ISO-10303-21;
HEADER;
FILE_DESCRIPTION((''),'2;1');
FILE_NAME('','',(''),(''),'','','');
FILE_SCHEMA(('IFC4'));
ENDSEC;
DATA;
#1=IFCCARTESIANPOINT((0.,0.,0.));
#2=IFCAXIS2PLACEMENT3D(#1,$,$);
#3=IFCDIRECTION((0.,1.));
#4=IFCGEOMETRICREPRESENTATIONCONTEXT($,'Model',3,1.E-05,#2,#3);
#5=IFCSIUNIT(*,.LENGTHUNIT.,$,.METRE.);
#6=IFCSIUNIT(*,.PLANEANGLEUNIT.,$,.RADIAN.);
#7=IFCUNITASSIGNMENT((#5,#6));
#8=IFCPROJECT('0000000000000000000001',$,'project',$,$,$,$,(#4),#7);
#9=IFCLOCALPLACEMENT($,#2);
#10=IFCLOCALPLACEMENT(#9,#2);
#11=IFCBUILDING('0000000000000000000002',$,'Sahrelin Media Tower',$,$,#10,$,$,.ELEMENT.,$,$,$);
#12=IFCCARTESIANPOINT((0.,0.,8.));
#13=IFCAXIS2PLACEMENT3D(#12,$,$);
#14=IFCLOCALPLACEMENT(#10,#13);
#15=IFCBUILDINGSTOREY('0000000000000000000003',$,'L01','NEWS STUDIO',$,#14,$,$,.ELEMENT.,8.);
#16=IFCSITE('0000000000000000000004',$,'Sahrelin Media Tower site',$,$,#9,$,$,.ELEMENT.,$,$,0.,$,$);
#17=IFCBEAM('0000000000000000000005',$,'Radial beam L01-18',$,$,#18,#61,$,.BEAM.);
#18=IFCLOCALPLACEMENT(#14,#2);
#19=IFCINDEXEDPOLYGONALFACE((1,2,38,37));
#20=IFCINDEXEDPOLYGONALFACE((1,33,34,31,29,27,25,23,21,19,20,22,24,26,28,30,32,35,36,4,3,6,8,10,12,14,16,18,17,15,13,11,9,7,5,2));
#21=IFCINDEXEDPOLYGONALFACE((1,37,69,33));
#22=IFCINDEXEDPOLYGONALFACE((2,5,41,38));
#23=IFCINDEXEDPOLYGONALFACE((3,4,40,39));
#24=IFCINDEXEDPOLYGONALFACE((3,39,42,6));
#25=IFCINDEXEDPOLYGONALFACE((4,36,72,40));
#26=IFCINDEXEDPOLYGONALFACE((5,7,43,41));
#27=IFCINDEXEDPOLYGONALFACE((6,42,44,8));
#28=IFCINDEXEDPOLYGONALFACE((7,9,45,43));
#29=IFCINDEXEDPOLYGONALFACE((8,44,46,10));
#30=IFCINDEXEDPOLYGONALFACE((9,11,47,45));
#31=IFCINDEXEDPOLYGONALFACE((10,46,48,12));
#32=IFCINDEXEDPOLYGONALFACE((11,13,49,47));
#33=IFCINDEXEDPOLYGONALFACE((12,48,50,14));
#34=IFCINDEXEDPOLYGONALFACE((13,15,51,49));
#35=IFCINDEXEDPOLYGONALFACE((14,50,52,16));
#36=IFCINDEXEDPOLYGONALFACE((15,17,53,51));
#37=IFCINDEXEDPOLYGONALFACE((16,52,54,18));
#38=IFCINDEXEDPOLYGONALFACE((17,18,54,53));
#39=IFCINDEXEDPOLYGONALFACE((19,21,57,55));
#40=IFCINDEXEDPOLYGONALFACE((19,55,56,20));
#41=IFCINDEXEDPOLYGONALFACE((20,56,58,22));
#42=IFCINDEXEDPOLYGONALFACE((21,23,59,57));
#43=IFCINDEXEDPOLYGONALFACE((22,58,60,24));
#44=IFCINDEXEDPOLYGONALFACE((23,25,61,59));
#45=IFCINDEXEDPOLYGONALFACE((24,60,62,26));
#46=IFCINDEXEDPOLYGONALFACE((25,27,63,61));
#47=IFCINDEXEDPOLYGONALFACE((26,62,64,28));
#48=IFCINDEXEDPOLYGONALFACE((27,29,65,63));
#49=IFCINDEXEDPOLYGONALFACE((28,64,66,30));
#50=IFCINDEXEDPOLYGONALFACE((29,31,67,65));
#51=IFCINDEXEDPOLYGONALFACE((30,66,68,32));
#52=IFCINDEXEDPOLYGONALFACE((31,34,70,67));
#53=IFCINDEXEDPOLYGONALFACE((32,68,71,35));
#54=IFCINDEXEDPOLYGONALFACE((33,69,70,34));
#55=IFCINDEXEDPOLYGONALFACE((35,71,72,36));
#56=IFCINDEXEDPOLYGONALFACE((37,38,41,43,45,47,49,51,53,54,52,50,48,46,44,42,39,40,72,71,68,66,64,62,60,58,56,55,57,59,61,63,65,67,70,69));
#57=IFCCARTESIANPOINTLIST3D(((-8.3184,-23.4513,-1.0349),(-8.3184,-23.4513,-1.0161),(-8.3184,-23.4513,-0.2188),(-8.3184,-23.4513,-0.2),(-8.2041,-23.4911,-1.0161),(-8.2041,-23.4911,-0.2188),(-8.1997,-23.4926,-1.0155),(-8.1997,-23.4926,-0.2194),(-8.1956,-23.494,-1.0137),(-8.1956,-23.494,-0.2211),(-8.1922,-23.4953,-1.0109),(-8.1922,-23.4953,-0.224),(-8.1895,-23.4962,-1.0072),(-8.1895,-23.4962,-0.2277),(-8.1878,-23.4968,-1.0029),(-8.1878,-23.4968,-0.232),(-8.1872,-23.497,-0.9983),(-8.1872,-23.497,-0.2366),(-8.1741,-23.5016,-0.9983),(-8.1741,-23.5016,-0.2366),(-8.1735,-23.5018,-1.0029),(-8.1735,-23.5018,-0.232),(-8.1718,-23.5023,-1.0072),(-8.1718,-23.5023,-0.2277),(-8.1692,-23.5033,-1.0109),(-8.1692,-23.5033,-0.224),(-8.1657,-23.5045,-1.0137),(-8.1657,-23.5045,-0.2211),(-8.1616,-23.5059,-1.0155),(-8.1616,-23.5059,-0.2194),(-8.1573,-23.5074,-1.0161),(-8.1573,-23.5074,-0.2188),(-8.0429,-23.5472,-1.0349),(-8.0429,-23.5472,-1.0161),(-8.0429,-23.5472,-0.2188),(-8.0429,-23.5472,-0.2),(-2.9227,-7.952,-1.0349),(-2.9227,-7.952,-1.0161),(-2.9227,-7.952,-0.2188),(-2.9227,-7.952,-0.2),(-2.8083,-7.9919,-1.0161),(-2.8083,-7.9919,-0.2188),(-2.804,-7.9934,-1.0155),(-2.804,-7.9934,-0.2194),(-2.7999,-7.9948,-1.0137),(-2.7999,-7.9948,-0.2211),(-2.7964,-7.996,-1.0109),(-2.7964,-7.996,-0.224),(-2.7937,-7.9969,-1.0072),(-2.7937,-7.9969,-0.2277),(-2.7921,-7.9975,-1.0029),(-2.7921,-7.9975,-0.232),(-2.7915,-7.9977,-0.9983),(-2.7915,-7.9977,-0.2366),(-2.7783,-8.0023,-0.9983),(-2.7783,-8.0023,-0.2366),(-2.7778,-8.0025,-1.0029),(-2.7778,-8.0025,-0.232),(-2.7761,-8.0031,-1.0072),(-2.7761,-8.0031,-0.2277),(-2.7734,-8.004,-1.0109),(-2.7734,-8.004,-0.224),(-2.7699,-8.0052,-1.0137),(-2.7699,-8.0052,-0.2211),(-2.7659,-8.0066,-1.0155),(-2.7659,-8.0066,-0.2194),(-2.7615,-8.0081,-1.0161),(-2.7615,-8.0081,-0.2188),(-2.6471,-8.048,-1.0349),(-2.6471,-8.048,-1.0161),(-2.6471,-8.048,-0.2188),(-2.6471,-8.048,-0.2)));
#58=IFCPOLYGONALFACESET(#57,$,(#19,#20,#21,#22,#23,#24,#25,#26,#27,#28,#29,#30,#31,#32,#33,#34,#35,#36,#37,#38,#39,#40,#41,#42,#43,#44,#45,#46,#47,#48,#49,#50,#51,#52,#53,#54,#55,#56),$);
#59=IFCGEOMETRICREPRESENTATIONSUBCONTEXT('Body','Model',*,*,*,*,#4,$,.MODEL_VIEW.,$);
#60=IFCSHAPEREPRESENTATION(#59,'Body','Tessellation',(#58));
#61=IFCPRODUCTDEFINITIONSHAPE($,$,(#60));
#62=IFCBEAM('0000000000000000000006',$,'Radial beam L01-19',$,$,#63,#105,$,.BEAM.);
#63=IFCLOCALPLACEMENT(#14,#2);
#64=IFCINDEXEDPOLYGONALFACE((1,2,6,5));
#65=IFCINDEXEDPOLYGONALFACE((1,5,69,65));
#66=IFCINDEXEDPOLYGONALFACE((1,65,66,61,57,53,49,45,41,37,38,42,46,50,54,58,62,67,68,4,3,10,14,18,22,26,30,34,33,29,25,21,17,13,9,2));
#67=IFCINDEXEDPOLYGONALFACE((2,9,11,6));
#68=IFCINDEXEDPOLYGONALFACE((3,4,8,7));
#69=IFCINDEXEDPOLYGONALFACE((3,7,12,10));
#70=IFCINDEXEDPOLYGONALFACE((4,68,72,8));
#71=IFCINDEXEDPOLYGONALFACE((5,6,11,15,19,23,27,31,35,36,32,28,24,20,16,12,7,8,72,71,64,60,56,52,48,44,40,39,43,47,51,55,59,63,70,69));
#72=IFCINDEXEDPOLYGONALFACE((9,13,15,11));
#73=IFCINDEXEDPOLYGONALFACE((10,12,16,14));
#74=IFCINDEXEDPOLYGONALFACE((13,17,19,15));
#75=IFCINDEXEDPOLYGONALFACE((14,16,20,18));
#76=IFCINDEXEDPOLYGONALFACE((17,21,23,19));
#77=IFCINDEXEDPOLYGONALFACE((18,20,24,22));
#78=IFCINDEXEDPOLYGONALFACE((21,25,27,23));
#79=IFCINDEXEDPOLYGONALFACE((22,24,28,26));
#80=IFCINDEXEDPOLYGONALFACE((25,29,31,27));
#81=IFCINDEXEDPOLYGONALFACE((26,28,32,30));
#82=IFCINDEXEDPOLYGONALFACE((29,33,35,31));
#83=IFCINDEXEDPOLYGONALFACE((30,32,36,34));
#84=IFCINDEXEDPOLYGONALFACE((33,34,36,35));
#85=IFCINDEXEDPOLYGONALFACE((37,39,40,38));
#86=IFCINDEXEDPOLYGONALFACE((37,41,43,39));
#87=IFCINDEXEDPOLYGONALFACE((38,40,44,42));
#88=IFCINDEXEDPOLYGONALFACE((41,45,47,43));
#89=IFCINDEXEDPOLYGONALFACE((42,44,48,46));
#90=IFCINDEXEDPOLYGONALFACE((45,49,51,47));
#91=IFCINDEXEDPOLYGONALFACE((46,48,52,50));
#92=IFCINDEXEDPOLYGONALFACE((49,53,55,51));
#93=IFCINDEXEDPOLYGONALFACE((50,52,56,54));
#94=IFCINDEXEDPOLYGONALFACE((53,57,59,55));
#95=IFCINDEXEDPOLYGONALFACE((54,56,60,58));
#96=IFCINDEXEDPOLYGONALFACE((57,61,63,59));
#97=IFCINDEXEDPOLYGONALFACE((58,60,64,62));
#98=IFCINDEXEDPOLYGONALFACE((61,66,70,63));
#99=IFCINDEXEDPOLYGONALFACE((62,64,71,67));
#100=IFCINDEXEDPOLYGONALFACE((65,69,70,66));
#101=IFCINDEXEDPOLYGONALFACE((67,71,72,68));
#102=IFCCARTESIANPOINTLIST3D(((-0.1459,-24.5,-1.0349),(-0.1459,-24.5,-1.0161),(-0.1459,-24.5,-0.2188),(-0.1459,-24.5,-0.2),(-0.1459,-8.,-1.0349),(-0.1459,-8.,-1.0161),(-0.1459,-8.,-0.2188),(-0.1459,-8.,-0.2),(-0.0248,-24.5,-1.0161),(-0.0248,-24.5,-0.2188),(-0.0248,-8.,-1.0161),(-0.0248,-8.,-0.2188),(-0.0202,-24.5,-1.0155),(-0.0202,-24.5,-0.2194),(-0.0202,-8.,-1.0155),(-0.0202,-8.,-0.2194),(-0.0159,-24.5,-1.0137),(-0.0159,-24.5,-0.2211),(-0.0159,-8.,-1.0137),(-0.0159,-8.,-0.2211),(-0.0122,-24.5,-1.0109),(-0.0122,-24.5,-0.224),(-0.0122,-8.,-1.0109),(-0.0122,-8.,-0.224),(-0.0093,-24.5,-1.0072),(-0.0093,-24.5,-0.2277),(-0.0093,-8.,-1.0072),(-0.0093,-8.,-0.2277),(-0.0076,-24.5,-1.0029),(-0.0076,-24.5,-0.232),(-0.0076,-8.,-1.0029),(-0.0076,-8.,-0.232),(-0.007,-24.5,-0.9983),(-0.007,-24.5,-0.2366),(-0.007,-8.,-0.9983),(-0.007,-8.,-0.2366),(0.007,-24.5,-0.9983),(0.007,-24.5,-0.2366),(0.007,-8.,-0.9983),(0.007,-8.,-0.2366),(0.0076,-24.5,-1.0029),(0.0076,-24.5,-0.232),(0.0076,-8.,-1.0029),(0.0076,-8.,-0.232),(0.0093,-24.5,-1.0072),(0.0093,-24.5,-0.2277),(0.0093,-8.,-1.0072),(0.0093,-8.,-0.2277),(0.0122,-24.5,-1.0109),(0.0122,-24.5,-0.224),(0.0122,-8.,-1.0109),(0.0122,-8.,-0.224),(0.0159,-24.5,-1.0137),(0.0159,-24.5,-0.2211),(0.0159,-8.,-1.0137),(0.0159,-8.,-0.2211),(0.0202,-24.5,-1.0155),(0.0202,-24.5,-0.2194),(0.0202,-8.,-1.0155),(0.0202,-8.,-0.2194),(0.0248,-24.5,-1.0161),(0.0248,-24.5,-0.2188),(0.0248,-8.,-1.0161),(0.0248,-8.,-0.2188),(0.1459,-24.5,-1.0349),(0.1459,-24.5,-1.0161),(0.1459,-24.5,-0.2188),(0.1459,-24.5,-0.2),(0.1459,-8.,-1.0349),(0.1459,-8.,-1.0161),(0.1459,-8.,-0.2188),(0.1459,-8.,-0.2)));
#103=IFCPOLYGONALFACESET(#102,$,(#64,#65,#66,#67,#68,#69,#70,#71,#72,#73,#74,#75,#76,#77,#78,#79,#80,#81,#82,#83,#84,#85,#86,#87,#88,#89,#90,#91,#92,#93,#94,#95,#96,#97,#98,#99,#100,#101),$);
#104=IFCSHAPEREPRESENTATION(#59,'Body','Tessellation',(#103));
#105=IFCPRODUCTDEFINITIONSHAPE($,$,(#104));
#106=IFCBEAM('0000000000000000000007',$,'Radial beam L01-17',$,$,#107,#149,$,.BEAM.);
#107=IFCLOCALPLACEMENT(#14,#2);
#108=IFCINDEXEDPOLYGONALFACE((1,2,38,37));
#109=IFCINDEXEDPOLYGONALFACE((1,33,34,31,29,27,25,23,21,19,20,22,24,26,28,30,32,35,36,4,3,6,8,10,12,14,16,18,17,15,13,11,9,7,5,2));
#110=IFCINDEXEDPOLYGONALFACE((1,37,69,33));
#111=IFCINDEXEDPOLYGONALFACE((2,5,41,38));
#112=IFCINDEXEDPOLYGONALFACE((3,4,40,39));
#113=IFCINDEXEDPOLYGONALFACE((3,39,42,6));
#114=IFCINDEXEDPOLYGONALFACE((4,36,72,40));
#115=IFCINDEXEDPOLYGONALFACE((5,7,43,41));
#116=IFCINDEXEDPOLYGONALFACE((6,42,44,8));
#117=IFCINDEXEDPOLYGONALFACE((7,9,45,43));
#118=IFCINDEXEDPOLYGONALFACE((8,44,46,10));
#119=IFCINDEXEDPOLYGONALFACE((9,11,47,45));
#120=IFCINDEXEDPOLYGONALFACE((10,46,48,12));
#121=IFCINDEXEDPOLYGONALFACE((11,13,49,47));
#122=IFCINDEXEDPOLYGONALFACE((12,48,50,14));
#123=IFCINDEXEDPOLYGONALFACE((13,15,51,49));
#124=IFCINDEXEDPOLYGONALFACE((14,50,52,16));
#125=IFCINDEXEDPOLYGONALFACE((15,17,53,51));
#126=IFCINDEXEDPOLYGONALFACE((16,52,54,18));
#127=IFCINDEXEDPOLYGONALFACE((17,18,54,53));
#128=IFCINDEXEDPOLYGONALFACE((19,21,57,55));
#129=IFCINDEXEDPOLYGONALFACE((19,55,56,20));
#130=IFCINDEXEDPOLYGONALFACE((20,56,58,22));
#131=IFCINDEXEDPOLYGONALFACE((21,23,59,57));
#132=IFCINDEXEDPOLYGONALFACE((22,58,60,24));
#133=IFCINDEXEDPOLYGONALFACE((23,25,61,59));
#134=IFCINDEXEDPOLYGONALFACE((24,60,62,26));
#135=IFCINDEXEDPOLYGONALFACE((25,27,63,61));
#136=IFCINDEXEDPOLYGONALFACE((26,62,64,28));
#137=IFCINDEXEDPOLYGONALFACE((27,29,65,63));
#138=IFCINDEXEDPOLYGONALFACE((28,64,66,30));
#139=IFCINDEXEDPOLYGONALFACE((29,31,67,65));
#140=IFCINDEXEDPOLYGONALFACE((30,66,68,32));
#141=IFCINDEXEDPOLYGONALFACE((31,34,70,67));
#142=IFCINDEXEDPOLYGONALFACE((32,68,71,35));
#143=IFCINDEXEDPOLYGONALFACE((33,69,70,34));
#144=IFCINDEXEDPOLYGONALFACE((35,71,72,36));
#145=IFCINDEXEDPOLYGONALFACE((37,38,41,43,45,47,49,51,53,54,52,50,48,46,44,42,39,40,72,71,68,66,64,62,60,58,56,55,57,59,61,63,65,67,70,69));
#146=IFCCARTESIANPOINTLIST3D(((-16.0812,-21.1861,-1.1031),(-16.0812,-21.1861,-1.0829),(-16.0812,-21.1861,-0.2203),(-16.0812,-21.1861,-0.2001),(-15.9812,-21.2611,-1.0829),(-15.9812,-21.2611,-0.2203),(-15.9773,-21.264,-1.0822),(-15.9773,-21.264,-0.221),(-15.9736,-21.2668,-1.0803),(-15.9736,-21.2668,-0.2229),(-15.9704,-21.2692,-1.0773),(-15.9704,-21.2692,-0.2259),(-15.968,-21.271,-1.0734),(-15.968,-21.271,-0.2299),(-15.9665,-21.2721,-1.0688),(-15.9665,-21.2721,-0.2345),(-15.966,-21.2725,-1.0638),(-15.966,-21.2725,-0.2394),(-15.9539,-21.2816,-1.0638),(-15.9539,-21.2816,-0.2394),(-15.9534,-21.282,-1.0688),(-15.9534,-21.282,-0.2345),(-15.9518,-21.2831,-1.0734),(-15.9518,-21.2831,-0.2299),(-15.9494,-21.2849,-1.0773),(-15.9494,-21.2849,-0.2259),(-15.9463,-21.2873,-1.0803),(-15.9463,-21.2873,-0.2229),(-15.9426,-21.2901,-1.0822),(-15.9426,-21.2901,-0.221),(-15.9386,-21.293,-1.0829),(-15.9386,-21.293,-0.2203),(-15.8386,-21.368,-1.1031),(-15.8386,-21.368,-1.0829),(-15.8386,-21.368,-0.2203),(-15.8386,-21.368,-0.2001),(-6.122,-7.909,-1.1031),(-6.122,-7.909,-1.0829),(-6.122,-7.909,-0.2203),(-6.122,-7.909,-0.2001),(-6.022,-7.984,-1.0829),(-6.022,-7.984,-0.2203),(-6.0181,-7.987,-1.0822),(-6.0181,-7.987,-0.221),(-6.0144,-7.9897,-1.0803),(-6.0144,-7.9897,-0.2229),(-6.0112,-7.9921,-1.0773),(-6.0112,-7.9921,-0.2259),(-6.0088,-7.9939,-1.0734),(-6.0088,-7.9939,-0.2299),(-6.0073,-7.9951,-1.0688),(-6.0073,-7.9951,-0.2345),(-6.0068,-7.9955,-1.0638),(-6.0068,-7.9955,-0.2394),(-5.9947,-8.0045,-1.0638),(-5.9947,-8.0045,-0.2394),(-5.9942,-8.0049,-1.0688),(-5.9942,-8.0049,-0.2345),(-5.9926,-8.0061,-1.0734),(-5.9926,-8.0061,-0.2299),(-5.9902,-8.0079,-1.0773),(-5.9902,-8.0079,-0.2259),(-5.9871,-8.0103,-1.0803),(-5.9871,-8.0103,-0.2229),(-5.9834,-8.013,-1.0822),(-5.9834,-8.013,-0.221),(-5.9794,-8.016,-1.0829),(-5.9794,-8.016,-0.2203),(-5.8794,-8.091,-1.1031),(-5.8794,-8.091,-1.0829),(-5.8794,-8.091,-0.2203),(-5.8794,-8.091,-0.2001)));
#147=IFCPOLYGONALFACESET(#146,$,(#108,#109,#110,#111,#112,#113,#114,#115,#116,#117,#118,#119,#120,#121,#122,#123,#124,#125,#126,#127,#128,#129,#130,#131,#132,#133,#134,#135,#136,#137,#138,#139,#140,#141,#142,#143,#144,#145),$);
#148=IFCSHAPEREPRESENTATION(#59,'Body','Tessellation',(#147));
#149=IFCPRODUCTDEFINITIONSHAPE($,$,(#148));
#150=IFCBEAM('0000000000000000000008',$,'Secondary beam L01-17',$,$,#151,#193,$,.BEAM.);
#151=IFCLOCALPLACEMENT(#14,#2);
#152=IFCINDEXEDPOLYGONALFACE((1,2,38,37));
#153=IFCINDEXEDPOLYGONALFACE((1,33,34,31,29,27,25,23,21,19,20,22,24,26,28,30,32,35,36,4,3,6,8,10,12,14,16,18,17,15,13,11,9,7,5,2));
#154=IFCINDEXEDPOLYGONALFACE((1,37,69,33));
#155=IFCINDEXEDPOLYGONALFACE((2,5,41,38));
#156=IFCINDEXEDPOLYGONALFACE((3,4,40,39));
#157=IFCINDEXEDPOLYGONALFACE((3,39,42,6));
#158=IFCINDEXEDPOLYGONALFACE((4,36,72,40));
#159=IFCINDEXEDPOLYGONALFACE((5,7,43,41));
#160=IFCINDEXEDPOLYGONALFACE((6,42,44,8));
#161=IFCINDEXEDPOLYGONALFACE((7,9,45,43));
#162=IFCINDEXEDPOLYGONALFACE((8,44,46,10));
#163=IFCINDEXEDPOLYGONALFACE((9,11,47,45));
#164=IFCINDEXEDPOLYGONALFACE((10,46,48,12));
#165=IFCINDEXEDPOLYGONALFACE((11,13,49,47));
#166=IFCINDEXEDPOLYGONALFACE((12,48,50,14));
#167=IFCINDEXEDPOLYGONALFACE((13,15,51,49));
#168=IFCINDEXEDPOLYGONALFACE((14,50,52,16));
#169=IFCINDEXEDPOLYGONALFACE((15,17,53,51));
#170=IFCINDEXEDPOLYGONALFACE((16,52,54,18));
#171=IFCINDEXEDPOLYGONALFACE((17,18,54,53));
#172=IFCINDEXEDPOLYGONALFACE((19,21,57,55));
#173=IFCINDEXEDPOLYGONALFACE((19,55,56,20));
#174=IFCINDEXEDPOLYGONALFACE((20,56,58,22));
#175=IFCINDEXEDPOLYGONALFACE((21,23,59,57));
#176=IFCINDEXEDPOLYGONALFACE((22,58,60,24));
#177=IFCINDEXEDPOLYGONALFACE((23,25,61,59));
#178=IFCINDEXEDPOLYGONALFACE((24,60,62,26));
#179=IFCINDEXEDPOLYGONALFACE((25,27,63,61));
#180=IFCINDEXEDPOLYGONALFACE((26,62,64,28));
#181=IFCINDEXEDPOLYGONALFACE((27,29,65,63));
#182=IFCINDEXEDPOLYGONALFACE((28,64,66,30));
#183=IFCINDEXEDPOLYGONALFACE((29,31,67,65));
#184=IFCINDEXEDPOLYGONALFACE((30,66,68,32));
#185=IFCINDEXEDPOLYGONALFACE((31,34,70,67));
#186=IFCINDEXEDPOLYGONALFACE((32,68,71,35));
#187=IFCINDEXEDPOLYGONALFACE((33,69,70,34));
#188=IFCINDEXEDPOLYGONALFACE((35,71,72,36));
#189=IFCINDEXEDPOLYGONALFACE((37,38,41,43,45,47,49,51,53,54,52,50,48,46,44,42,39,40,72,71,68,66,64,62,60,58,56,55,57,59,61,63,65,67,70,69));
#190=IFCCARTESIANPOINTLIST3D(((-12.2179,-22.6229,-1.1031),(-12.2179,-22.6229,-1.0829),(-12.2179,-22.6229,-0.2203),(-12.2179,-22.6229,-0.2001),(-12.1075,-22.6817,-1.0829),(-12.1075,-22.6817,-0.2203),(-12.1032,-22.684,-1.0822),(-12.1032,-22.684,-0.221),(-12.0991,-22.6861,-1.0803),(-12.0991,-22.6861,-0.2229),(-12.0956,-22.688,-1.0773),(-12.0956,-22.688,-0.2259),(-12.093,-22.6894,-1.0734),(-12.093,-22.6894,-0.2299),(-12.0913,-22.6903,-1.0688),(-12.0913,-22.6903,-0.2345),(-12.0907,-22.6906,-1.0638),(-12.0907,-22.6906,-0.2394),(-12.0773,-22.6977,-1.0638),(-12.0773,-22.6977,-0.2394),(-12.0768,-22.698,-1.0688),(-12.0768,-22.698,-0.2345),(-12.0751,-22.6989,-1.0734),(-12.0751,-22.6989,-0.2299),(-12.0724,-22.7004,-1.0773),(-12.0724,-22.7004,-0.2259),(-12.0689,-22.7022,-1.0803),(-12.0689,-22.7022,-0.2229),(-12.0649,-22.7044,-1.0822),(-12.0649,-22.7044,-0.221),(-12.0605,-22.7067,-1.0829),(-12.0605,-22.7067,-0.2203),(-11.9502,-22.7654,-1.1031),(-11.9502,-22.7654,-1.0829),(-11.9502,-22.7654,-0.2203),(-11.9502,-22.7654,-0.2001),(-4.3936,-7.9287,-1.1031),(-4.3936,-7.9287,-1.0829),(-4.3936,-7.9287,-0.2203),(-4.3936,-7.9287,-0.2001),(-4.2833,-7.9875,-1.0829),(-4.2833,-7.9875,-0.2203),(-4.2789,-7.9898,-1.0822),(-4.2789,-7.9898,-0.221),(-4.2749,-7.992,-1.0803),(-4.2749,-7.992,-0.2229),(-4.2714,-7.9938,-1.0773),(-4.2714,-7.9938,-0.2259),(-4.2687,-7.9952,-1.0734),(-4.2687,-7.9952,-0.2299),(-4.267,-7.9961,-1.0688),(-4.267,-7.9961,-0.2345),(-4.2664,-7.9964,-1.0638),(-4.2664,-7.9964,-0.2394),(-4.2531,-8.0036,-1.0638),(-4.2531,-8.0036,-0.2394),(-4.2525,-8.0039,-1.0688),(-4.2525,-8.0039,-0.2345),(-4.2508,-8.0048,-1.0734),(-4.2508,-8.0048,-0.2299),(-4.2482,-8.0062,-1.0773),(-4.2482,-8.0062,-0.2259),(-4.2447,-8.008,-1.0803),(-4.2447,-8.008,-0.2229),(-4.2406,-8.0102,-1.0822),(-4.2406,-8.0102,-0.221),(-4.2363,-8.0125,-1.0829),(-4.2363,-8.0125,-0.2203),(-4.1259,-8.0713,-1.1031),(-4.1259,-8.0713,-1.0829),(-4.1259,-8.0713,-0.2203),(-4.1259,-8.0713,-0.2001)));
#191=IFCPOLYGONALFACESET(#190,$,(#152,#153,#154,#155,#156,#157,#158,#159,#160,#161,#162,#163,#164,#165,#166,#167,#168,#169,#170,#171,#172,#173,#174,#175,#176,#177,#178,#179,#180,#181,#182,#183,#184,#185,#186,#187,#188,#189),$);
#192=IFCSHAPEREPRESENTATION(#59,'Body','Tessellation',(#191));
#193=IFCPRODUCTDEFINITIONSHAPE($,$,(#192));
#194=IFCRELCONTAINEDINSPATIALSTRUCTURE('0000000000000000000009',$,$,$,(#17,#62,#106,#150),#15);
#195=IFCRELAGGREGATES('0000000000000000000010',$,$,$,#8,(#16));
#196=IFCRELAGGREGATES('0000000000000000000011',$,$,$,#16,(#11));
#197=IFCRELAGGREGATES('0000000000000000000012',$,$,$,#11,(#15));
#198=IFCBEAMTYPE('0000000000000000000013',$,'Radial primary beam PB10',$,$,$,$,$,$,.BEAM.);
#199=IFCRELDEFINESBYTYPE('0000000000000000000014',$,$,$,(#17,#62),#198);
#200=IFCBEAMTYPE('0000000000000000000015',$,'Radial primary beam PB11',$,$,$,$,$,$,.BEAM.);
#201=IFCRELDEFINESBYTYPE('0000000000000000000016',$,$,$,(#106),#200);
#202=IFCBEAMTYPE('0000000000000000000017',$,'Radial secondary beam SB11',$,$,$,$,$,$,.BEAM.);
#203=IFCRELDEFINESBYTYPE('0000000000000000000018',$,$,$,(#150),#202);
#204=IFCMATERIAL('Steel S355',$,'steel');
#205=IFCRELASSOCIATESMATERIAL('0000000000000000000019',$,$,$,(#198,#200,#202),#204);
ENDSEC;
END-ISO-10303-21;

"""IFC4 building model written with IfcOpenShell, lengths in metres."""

from ifc_helpers import new_model, si_unit, direction, frame, origin, origin_2d, place, context, subcontext, project, spatial, i_section, extrude, material, material_profile, profile_set, type_object, element, save


model = new_model("IFC4")

# Units and contexts
model_context = context("Model", 3, precision=1e-05, world=origin(), true_north=direction((0.0, 1.0)))
body_context = subcontext(model_context, "Body", "Model", "MODEL_VIEW")
ifc_project = project(units=[si_unit("LENGTHUNIT", "METRE"), si_unit("PLANEANGLEUNIT", "RADIAN")], contexts=[model_context])

# Site, building, storey
site_placement = place(None, origin())
site = spatial("IfcSite", under=ifc_project, at=site_placement, Name="Sahrelin Media Tower site", CompositionType="ELEMENT", RefElevation=0.0)
building_placement = place(site_placement, origin())
building = spatial("IfcBuilding", under=site, at=building_placement, Name="Sahrelin Media Tower", CompositionType="ELEMENT")
storey_placement = place(building_placement, frame((0.0, 0.0, 8.0)))
storey = spatial("IfcBuildingStorey", under=building, at=storey_placement, Name="L01", Description="NEWS STUDIO", CompositionType="ELEMENT", Elevation=8.0)

# Beams
ifc_material_1 = material(Name="Steel S355", Category="steel")
ifc_material_profile_1 = material_profile(ifc_material_1, i_section(OverallWidth=0.2917, OverallDepth=0.835, WebThickness=0.0139, FlangeThickness=0.0188, FilletRadius=0.0178, at=origin_2d()), Name="UB 838x292x176")
ifc_profile_set_1 = profile_set([ifc_material_profile_1], Name="Steel S355")
beam_type_1 = type_object("IfcBeamType", Name="Radial primary beam PB10", PredefinedType="BEAM", material=ifc_profile_set_1)
beam_1_placement = place(storey_placement, frame((-2.7849, -8.0, -0.6174), z_axis=(-0.328776, -0.944408, 0.0), x_axis=(0.944408, -0.328776, 0.0)))
element("IfcBeam", 1, at=beam_1_placement, inside=storey, type_object=beam_type_1, Name="Radial beam L01-18", PredefinedType="BEAM", context=body_context, shape_type="SweptSolid", body=[
    extrude(i_section(OverallWidth=0.2917, OverallDepth=0.835, WebThickness=0.0139, FlangeThickness=0.0188, FilletRadius=0.0178, at=origin_2d()), origin(), (0.0, 0.0, 1.0), 16.4116),
])
beam_2_placement = place(storey_placement, frame((0.0, -8.0, -0.6174), z_axis=(0.0, -1.0, 0.0), x_axis=(1.0, 0.0, 0.0)))
element("IfcBeam", 2, at=beam_2_placement, inside=storey, type_object=beam_type_1, Name="Radial beam L01-19", PredefinedType="BEAM", context=body_context, shape_type="SweptSolid", body=[
    extrude(i_section(OverallWidth=0.2917, OverallDepth=0.835, WebThickness=0.0139, FlangeThickness=0.0188, FilletRadius=0.0178, at=origin_2d()), origin(), (0.0, 0.0, 1.0), 16.5),
])
ifc_material_profile_2 = material_profile(ifc_material_1, i_section(OverallWidth=0.3032, OverallDepth=0.9031, WebThickness=0.0151, FlangeThickness=0.0203, FilletRadius=0.019, at=origin_2d()), Name="UB 914x305x201")
ifc_profile_set_2 = profile_set([ifc_material_profile_2], Name="Steel S355")
beam_type_2 = type_object("IfcBeamType", Name="Radial primary beam PB11", PredefinedType="BEAM", material=ifc_profile_set_2)
beam_3_placement = place(storey_placement, frame((-6.0007, -8.0, -0.6516), z_axis=(-0.600054, -0.799959, 0.0), x_axis=(0.799959, -0.600054, 0.0)))
element("IfcBeam", 3, at=beam_3_placement, inside=storey, type_object=beam_type_2, Name="Radial beam L01-17", PredefinedType="BEAM", context=body_context, shape_type="SweptSolid", body=[
    extrude(i_section(OverallWidth=0.3032, OverallDepth=0.9031, WebThickness=0.0151, FlangeThickness=0.0203, FilletRadius=0.019, at=origin_2d()), origin(), (0.0, 0.0, 1.0), 16.5972),
])
ifc_material_profile_3 = material_profile(ifc_material_1, i_section(OverallWidth=0.3032, OverallDepth=0.9031, WebThickness=0.0151, FlangeThickness=0.0203, FilletRadius=0.019, at=origin_2d()), Name="UB 914x305x201")
ifc_profile_set_3 = profile_set([ifc_material_profile_3], Name="Steel S355")
beam_type_3 = type_object("IfcBeamType", Name="Radial secondary beam SB11", PredefinedType="BEAM", material=ifc_profile_set_3)
beam_4_placement = place(storey_placement, frame((-4.2598, -8.0, -0.6516), z_axis=(-0.469997, -0.882668, 0.0), x_axis=(0.882668, -0.469997, 0.0)))
element("IfcBeam", 4, at=beam_4_placement, inside=storey, type_object=beam_type_3, Name="Secondary beam L01-17", PredefinedType="BEAM", context=body_context, shape_type="SweptSolid", body=[
    extrude(i_section(OverallWidth=0.3032, OverallDepth=0.9031, WebThickness=0.0151, FlangeThickness=0.0203, FilletRadius=0.019, at=origin_2d()), origin(), (0.0, 0.0, 1.0), 16.6475),
])

save(model, "model.ifc")
